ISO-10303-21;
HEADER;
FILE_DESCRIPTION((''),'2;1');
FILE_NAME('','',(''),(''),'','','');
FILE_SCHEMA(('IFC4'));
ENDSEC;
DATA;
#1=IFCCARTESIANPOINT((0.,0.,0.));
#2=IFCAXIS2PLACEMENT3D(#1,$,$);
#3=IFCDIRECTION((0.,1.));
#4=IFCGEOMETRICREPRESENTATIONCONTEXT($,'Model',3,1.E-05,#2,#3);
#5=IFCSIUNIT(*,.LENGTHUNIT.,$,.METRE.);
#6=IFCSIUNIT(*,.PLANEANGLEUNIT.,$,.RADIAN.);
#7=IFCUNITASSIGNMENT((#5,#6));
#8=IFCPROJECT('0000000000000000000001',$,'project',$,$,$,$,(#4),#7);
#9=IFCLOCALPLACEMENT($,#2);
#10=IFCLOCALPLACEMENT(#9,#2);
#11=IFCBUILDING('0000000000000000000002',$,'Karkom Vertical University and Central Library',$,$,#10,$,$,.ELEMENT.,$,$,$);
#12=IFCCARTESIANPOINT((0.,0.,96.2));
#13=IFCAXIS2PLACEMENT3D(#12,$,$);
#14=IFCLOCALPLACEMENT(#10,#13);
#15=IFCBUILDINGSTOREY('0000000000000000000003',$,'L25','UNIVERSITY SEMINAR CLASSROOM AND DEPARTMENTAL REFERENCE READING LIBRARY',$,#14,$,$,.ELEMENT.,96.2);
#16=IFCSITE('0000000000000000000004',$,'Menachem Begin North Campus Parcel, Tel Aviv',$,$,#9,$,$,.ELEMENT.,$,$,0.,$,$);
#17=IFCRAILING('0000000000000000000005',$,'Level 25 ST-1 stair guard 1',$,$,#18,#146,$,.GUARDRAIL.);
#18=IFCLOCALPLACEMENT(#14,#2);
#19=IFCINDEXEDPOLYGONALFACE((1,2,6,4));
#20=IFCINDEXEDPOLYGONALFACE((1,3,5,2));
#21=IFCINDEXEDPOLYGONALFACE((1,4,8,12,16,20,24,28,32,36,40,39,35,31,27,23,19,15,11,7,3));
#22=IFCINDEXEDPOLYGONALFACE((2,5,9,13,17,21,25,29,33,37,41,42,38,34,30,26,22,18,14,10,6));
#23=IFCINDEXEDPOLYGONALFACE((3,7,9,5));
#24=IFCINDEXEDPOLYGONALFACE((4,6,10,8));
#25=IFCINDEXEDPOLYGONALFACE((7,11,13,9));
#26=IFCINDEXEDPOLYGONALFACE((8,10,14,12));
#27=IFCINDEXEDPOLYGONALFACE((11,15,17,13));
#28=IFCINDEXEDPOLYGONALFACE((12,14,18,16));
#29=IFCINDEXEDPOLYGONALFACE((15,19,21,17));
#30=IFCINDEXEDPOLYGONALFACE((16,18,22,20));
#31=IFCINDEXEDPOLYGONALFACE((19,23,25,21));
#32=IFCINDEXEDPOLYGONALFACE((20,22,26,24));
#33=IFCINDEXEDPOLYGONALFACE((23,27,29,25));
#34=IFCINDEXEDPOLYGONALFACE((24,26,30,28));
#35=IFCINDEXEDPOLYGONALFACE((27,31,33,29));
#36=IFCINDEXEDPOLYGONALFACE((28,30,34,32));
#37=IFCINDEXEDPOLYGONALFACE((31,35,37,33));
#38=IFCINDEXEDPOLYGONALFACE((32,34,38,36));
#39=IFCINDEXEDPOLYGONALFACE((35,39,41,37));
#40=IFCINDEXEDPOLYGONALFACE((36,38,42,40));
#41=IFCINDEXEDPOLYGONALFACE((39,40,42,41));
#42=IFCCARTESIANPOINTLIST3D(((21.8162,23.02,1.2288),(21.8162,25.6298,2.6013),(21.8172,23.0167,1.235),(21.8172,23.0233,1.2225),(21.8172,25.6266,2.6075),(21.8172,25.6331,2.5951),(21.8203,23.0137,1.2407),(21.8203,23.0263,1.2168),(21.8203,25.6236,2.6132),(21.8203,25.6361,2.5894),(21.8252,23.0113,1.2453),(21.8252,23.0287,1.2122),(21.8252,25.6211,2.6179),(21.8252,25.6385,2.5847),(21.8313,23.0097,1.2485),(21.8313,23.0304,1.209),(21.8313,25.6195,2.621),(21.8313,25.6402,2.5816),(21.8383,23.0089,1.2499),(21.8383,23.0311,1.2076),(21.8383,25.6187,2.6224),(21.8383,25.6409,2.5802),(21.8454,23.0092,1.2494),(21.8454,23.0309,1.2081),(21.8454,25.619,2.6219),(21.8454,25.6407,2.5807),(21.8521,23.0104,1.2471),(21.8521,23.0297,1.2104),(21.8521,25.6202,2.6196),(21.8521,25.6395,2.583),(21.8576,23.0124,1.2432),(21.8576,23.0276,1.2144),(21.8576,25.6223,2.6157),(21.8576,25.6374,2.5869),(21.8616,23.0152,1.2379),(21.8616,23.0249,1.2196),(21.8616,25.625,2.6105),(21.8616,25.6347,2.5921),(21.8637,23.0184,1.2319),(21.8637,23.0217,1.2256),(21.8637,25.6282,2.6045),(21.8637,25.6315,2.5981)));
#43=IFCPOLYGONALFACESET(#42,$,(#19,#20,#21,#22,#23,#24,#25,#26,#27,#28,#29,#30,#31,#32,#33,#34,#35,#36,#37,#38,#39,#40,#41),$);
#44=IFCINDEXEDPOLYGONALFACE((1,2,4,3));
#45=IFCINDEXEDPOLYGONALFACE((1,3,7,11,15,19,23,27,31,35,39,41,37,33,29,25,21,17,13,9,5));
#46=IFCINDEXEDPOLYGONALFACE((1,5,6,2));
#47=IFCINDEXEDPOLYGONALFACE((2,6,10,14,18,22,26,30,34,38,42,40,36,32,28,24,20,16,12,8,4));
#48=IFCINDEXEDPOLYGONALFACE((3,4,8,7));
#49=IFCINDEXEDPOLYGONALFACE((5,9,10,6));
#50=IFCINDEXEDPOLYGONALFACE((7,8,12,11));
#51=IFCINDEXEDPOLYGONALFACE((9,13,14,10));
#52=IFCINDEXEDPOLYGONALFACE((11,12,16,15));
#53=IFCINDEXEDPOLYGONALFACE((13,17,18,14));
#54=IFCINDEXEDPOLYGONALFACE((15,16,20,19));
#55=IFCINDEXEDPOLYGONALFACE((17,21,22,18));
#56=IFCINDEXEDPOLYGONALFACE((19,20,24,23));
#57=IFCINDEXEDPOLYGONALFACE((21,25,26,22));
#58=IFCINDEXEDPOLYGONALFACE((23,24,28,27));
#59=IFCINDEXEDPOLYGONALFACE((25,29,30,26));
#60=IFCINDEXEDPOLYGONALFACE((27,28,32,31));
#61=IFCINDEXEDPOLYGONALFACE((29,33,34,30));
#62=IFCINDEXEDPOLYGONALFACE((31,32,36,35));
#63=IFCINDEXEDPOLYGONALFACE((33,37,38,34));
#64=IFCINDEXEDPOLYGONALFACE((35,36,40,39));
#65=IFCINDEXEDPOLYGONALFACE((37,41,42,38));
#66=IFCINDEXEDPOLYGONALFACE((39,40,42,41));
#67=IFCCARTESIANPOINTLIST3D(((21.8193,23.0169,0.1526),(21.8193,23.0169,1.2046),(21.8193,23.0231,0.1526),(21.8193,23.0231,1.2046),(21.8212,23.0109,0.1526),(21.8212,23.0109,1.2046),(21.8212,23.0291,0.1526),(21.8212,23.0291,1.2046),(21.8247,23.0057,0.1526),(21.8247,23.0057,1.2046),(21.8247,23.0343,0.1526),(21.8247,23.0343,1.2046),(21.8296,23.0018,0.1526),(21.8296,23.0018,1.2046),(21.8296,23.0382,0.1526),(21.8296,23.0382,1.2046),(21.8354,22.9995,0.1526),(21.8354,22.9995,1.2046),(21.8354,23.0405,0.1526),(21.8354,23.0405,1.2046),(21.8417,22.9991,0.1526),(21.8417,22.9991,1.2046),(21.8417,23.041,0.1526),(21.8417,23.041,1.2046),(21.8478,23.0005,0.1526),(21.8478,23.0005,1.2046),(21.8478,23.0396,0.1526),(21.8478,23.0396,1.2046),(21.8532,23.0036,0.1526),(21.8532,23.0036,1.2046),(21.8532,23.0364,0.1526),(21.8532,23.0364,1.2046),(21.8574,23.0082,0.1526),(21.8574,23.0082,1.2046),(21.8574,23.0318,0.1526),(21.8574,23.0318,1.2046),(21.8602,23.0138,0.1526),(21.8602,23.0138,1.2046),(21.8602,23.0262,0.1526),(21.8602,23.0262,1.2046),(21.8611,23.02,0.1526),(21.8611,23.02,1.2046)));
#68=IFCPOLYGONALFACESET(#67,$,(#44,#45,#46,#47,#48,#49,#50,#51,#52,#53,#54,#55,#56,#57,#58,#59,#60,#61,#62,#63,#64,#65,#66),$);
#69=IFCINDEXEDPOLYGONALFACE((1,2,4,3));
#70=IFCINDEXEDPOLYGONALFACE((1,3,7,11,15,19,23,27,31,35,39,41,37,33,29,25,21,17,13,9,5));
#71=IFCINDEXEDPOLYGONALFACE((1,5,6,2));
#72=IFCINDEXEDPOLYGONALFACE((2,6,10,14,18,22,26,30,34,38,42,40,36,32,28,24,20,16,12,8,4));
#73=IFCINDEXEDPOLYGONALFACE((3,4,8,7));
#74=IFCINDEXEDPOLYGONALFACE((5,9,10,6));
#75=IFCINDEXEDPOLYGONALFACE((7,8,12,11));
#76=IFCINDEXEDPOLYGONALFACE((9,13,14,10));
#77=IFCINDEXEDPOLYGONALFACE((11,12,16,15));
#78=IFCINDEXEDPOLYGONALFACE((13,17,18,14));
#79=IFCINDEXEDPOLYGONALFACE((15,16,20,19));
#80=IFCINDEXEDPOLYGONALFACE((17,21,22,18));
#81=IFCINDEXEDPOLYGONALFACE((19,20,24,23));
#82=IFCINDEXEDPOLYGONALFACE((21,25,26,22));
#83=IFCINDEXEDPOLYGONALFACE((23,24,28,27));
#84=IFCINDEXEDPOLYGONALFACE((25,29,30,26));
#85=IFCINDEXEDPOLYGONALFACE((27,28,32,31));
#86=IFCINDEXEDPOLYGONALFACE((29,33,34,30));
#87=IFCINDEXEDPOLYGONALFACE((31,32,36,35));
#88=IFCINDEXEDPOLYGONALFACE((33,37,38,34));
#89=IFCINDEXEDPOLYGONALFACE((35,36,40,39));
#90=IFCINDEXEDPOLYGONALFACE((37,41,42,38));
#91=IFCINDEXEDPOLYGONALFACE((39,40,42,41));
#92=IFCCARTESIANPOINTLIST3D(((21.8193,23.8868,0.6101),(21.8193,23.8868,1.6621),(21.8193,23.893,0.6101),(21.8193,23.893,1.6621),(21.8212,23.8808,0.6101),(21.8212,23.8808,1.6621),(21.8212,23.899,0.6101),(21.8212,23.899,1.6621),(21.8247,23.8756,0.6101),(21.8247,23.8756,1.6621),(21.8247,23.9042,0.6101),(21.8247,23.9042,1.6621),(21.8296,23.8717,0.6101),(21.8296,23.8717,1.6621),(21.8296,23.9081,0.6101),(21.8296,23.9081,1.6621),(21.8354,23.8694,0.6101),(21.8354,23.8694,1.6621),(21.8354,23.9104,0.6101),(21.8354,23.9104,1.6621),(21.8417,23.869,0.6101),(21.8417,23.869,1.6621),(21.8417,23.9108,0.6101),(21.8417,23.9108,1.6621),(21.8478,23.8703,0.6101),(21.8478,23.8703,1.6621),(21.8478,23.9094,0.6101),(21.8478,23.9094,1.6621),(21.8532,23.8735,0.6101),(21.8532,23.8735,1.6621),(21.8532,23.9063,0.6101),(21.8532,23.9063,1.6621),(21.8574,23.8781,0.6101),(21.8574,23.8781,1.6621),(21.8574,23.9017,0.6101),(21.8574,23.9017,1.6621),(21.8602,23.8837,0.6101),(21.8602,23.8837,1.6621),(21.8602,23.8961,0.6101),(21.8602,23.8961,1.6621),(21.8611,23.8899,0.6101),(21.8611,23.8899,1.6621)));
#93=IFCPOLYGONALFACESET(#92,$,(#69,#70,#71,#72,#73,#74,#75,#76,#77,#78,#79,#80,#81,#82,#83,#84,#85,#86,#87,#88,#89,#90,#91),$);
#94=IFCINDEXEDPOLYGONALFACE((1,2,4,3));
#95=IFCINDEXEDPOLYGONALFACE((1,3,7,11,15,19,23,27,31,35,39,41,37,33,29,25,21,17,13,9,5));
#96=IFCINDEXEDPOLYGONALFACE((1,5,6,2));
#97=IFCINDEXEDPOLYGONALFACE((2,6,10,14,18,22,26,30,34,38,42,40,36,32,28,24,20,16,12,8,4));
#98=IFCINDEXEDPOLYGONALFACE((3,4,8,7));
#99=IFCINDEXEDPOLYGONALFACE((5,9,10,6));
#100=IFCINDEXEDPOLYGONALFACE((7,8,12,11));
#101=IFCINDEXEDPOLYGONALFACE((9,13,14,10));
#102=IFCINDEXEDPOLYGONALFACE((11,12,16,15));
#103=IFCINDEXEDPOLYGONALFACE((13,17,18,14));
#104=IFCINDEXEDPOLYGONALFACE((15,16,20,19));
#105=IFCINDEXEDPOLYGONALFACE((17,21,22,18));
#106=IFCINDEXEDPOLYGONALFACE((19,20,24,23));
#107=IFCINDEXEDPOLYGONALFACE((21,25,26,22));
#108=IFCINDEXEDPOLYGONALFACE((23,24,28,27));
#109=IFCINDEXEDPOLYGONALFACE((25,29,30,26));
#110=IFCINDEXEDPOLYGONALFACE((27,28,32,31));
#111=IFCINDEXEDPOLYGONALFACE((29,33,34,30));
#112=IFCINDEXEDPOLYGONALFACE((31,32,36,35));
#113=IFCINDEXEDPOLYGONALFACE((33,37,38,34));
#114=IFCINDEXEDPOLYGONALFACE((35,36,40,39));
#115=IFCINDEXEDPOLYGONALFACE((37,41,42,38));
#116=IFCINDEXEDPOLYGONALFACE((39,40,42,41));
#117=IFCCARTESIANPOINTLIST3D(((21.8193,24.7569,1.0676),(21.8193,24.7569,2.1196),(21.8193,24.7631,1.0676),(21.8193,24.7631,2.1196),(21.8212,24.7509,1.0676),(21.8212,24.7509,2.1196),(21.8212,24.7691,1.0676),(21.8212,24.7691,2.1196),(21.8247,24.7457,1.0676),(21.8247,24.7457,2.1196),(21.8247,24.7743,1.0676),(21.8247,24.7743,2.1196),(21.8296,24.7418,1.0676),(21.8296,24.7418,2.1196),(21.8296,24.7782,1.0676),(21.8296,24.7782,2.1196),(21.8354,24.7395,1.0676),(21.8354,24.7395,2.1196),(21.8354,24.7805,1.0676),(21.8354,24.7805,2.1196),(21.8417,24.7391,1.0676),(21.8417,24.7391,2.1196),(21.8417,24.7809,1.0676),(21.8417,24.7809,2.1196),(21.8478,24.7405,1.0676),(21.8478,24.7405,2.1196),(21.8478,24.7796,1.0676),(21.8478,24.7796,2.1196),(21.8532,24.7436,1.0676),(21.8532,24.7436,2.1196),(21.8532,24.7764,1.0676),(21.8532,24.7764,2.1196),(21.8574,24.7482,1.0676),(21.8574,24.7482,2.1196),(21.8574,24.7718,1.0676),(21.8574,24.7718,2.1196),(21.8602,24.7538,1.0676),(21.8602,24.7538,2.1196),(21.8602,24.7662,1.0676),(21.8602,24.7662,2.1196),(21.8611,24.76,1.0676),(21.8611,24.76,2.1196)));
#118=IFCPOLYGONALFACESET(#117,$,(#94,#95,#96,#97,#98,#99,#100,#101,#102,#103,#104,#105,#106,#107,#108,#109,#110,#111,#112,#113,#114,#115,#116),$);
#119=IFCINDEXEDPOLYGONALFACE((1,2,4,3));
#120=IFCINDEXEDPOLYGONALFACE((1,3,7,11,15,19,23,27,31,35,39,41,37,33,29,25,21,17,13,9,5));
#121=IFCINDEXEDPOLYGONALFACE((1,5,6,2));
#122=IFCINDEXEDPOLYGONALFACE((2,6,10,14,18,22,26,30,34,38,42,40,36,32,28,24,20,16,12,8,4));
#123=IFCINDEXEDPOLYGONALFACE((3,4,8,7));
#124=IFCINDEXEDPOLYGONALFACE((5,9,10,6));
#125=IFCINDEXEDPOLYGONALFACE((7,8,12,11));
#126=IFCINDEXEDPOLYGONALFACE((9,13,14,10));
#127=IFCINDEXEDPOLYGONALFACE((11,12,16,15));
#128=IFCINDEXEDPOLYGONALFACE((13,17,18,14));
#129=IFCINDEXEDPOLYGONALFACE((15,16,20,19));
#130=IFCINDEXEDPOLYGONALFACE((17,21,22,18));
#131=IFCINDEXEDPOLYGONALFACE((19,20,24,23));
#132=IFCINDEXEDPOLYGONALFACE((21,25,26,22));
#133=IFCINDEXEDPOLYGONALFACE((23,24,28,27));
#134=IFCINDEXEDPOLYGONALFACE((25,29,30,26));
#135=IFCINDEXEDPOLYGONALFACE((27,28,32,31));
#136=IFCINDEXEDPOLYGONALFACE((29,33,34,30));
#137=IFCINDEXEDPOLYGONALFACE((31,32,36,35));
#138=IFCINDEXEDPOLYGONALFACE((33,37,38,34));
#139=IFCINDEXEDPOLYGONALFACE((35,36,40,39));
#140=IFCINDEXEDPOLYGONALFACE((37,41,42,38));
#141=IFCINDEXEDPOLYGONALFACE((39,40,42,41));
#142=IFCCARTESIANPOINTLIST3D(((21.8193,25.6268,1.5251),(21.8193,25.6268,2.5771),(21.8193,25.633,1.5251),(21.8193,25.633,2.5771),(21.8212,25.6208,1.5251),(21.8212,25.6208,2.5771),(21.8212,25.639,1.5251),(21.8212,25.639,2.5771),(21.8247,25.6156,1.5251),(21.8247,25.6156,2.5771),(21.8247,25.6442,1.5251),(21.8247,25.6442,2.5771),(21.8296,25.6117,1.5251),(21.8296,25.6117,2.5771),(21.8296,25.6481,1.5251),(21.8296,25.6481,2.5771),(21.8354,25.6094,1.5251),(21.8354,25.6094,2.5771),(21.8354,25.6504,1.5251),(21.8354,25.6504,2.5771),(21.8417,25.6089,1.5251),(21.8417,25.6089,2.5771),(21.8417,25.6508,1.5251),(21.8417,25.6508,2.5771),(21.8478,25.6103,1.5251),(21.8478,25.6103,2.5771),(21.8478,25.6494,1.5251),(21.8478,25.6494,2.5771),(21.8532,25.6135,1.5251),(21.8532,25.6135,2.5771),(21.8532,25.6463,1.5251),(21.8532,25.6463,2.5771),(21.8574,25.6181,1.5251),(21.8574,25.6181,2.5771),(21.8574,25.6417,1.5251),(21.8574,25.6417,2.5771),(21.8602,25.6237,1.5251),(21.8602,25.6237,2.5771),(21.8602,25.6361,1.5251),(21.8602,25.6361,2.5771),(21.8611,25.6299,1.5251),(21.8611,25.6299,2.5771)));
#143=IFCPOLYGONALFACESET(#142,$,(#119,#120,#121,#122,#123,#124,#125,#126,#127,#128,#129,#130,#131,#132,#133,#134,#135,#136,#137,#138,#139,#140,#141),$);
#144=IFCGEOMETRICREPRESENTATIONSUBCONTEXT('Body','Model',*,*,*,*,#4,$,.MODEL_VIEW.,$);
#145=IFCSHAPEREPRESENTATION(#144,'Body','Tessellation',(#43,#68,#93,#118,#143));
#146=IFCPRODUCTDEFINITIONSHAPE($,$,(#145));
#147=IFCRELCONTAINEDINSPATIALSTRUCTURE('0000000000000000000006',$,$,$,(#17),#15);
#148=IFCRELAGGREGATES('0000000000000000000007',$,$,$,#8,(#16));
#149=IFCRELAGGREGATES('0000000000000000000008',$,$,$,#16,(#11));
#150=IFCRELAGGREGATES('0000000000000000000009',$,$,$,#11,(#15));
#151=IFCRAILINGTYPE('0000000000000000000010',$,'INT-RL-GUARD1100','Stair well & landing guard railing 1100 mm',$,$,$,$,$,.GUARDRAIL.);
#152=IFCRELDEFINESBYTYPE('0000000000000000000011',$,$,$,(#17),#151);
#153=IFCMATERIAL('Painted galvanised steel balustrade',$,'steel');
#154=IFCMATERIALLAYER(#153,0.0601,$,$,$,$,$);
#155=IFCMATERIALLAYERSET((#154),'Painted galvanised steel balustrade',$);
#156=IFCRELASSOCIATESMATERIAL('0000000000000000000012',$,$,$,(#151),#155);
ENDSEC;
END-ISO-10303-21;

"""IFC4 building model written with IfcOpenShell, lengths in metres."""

from ifc_helpers import new_model, si_unit, direction, frame, origin, origin_2d, place, context, subcontext, project, spatial, circle, extrude, material, layer, layer_set, type_object, element, save


model = new_model("IFC4")

# Units and contexts
model_context = context("Model", 3, precision=1e-05, world=origin(), true_north=direction((0.0, 1.0)))
body_context = subcontext(model_context, "Body", "Model", "MODEL_VIEW")
ifc_project = project(units=[si_unit("LENGTHUNIT", "METRE"), si_unit("PLANEANGLEUNIT", "RADIAN")], contexts=[model_context])

# Site, building, storey
site_placement = place(None, origin())
site = spatial("IfcSite", under=ifc_project, at=site_placement, Name="Menachem Begin North Campus Parcel, Tel Aviv", CompositionType="ELEMENT", RefElevation=0.0)
building_placement = place(site_placement, origin())
building = spatial("IfcBuilding", under=site, at=building_placement, Name="Karkom Vertical University and Central Library", CompositionType="ELEMENT")
storey_placement = place(building_placement, frame((0.0, 0.0, 96.2)))
storey = spatial("IfcBuildingStorey", under=building, at=storey_placement, Name="L25", Description="UNIVERSITY SEMINAR CLASSROOM AND DEPARTMENTAL REFERENCE READING LIBRARY", CompositionType="ELEMENT", Elevation=96.2)

# Railing
ifc_material_1 = material(Name="Painted galvanised steel balustrade", Category="steel")
ifc_layer_1 = layer(ifc_material_1, 0.0601)
ifc_layer_set_1 = layer_set([ifc_layer_1], Name="Painted galvanised steel balustrade")
railing_type = type_object("IfcRailingType", Name="INT-RL-GUARD1100", Description="Stair well & landing guard railing 1100 mm", PredefinedType="GUARDRAIL", material=ifc_layer_set_1)
railing_1_placement = place(storey_placement, frame((21.8401, 23.02, 0.1526)))
element("IfcRailing", 1, at=railing_1_placement, inside=storey, type_object=railing_type, Name="Level 25 ST-1 stair guard 1", PredefinedType="GUARDRAIL", context=body_context, shape_type="SweptSolid", body=[
    extrude(circle(Radius=0.0239, at=origin_2d()), frame((0.0, 0.0, 1.0762), z_axis=(0.0, 0.885065, 0.465467), x_axis=(-1.0, 0.0, 0.0)), (0.0, 0.0, 1.0), 2.9487),
    extrude(circle(Radius=0.021, at=origin_2d()), origin(), (0.0, 0.0, 1.0), 1.052),
    extrude(circle(Radius=0.021, at=origin_2d()), frame((0.0, 0.8699, 0.4575)), (0.0, 0.0, 1.0), 1.052),
    extrude(circle(Radius=0.021, at=origin_2d()), frame((0.0, 1.74, 0.915)), (0.0, 0.0, 1.0), 1.052),
    extrude(circle(Radius=0.021, at=origin_2d()), frame((0.0, 2.6099, 1.3726)), (0.0, 0.0, 1.0), 1.052),
])

save(model, "model.ifc")
